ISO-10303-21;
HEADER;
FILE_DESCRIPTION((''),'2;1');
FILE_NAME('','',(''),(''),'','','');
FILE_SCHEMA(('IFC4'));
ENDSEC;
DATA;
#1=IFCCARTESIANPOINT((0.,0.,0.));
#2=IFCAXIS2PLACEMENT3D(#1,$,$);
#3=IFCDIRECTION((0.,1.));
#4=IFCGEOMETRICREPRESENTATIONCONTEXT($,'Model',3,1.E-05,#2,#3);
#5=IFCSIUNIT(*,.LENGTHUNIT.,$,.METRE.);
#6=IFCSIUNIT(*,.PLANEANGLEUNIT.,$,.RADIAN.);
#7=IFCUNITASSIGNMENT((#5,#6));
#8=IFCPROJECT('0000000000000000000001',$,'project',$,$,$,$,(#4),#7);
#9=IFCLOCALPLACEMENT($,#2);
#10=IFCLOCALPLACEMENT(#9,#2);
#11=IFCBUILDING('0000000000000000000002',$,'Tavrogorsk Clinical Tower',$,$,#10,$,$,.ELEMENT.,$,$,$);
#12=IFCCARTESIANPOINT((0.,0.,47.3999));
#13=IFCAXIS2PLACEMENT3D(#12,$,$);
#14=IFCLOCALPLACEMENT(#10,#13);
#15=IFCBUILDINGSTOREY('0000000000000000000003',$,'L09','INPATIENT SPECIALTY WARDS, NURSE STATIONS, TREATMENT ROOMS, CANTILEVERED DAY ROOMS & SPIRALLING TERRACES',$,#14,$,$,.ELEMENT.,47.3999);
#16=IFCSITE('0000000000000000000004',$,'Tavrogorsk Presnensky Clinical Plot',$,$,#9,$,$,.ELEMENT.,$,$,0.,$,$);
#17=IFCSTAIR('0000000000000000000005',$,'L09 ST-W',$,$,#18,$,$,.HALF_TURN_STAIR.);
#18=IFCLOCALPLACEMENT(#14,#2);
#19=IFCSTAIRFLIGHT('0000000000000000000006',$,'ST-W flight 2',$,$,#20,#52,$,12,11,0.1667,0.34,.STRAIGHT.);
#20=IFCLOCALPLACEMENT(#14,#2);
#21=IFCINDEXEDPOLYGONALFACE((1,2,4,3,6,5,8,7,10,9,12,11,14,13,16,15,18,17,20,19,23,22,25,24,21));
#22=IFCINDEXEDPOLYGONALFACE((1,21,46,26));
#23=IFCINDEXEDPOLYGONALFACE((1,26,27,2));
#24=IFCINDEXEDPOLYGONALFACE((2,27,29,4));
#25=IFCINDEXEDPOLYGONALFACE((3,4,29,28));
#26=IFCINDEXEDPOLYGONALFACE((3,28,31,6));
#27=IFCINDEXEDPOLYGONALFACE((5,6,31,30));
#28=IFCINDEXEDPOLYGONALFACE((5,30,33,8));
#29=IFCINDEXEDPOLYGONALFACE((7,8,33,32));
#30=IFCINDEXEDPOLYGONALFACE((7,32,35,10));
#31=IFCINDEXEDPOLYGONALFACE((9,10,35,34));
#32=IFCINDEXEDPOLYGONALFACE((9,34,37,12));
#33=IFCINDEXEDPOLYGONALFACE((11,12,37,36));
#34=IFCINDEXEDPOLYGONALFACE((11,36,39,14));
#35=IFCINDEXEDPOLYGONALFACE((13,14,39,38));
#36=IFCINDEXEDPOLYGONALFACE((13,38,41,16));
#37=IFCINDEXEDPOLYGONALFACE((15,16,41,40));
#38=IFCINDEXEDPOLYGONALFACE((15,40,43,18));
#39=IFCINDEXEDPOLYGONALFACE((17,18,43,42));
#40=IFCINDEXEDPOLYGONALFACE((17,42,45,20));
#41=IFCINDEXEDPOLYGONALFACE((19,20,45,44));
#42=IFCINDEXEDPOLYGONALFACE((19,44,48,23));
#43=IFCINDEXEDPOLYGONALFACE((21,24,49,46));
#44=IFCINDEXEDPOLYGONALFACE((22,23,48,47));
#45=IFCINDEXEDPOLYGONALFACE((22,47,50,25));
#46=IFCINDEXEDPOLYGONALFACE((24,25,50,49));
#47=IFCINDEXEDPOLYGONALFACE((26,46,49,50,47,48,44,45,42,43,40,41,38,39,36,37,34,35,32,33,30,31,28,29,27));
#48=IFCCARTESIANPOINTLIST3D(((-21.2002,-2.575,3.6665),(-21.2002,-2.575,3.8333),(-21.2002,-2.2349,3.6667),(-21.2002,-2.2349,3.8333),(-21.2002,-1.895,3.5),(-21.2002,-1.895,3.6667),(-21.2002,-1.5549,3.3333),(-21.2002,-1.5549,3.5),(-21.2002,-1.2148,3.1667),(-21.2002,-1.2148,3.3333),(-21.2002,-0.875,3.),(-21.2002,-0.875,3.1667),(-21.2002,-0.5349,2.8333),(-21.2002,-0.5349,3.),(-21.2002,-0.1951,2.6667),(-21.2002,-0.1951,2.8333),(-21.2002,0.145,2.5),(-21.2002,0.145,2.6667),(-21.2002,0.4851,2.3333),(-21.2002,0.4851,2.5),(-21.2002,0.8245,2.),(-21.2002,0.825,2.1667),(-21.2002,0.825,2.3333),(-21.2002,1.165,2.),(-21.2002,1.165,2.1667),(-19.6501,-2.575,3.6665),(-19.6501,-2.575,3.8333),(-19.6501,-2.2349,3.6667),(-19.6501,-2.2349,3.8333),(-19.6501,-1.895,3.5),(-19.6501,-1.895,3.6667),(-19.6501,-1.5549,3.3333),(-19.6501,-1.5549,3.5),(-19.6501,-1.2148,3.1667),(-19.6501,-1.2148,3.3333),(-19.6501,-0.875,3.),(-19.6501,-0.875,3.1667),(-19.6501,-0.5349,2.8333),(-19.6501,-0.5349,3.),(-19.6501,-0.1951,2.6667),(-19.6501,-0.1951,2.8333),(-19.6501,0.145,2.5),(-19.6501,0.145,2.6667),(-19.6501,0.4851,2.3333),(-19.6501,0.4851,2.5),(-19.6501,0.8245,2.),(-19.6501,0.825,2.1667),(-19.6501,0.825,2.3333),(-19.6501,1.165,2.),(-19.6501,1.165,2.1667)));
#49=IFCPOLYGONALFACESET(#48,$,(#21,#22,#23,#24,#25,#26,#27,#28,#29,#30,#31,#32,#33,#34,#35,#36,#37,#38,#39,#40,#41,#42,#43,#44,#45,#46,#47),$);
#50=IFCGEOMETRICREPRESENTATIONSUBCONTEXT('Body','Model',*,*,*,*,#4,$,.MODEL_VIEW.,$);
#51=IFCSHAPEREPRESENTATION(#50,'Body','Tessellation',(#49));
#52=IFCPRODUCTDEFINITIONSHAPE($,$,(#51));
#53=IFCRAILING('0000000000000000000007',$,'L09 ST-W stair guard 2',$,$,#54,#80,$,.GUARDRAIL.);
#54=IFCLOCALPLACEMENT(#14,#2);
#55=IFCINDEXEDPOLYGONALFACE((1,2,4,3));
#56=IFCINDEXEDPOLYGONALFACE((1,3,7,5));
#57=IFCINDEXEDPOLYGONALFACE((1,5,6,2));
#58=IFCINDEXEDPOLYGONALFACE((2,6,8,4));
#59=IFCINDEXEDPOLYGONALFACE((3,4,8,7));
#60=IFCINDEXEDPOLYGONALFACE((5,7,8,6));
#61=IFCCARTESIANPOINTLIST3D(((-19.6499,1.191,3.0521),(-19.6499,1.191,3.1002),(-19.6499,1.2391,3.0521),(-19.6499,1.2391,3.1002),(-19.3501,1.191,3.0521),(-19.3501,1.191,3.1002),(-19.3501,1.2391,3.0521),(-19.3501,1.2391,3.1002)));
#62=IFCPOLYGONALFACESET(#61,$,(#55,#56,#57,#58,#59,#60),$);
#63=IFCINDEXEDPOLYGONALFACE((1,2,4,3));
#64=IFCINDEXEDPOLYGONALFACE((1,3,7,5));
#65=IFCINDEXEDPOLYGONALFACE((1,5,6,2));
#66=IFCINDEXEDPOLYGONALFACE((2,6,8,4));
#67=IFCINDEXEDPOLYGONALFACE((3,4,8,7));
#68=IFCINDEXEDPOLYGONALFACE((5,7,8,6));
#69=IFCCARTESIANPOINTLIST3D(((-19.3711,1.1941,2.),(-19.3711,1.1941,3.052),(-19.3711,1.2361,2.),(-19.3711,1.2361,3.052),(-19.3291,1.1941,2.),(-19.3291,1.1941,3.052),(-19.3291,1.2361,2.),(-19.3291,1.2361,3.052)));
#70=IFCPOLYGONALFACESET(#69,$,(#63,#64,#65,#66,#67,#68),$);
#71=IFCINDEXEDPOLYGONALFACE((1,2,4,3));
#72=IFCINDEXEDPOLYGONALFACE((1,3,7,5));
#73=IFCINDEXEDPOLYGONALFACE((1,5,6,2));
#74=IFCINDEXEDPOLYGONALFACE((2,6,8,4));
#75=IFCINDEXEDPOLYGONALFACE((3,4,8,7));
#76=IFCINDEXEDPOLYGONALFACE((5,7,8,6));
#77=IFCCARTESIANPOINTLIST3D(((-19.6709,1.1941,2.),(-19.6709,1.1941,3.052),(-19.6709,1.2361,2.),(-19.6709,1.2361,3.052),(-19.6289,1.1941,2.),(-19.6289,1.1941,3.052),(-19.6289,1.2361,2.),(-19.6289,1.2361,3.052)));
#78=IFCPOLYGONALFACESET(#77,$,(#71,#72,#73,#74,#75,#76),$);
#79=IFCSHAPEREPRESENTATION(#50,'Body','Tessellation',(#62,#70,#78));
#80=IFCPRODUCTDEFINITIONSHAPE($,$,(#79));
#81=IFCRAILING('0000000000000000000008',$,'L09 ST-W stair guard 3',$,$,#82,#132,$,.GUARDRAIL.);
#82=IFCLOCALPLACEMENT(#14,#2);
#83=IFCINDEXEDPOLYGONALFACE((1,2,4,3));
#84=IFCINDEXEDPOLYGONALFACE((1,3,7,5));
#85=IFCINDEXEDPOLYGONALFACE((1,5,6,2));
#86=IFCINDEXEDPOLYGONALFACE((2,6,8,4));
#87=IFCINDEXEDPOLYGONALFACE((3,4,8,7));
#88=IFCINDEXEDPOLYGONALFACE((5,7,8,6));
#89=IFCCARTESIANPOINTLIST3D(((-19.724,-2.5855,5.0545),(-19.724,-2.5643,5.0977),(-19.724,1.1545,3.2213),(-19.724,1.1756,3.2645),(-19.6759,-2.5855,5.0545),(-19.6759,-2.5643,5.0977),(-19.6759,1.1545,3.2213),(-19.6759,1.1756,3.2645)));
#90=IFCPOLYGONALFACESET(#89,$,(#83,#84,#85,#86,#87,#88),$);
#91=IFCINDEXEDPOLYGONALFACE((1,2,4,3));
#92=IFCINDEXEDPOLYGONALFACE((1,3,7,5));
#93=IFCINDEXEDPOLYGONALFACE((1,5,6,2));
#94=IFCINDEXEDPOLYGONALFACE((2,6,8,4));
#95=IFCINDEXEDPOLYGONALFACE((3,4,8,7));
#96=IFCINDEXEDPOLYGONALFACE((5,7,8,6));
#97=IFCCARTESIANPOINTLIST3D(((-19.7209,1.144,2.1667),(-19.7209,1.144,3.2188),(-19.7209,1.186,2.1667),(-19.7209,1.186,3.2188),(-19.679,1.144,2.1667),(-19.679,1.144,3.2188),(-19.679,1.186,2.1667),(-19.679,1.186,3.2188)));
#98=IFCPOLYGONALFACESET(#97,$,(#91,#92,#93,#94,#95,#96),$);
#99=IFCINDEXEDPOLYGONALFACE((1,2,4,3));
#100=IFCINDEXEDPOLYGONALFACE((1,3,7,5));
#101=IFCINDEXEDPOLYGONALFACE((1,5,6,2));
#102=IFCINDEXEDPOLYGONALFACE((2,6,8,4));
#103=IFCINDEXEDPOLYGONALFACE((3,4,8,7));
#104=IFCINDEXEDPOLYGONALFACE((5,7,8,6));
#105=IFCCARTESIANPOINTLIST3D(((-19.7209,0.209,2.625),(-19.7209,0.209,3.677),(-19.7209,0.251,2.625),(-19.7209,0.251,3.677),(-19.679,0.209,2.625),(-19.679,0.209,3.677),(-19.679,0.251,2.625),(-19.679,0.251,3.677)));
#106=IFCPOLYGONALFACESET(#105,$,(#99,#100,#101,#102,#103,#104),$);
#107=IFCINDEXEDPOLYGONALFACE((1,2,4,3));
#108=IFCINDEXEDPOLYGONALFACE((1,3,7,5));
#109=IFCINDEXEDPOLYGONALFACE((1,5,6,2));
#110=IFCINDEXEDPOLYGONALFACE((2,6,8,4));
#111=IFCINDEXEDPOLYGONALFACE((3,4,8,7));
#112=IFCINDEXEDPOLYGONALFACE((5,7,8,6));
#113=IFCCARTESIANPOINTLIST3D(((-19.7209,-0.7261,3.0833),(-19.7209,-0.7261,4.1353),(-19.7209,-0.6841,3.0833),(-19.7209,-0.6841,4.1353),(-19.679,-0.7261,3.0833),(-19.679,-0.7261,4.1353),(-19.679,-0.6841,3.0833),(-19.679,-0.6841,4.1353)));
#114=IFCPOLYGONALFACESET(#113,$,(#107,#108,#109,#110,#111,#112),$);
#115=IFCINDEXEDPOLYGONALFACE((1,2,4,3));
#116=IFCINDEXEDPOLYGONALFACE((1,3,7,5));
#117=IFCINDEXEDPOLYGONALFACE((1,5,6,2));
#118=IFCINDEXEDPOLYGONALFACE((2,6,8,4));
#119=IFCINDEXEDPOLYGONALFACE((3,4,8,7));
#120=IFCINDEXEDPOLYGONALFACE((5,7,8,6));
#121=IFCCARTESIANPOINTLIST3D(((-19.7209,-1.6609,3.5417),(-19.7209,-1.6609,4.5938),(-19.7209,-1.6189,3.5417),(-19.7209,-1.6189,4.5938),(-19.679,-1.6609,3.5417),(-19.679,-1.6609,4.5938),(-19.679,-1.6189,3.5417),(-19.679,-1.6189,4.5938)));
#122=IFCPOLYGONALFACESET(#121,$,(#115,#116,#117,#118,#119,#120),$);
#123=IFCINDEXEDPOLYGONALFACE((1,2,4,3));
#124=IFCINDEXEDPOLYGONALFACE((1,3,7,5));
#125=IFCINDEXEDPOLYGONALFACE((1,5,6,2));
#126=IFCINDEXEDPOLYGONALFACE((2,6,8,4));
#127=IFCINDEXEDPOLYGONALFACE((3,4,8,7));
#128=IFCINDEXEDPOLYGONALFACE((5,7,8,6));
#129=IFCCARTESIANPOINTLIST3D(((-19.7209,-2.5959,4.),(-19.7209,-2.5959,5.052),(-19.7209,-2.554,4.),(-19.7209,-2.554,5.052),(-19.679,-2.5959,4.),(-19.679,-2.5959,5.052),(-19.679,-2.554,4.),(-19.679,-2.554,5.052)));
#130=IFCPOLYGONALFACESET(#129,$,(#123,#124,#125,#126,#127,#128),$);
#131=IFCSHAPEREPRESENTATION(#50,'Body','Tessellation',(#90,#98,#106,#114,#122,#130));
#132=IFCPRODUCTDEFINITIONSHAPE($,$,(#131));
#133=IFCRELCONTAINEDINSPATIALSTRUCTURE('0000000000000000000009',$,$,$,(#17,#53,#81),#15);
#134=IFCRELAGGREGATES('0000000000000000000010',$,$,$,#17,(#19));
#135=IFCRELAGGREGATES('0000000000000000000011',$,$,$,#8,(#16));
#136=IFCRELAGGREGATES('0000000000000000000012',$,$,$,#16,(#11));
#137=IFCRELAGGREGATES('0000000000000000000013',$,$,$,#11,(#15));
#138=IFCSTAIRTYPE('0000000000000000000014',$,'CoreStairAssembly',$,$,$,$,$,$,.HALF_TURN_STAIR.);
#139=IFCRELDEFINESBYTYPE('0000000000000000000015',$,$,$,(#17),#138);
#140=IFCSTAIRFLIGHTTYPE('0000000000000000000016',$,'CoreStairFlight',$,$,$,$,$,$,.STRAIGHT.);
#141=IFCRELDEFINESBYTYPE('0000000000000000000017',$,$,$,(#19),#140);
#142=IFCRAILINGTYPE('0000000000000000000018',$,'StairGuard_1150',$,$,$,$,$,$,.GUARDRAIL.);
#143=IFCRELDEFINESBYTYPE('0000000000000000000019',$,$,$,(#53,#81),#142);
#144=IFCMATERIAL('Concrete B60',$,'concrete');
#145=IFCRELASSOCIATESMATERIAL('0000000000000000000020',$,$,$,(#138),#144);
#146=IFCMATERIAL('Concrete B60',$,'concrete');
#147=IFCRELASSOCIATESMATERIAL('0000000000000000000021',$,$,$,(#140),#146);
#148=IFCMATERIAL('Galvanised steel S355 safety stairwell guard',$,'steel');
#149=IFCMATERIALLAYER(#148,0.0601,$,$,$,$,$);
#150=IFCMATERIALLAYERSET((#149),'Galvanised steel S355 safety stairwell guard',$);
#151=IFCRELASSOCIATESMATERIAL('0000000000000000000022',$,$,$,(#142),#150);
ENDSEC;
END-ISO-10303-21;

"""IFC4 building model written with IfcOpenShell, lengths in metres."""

from ifc_helpers import new_model, si_unit, direction, frame, origin, origin_2d, place, context, subcontext, project, spatial, polyline, rectangle, outline, extrude, material, layer, layer_set, type_object, element, aggregate, save


model = new_model("IFC4")

# Units and contexts
model_context = context("Model", 3, precision=1e-05, world=origin(), true_north=direction((0.0, 1.0)))
body_context = subcontext(model_context, "Body", "Model", "MODEL_VIEW")
ifc_project = project(units=[si_unit("LENGTHUNIT", "METRE"), si_unit("PLANEANGLEUNIT", "RADIAN")], contexts=[model_context])

# Site, building, storey
site_placement = place(None, origin())
site = spatial("IfcSite", under=ifc_project, at=site_placement, Name="Tavrogorsk Presnensky Clinical Plot", CompositionType="ELEMENT", RefElevation=0.0)
building_placement = place(site_placement, origin())
building = spatial("IfcBuilding", under=site, at=building_placement, Name="Tavrogorsk Clinical Tower", CompositionType="ELEMENT")
storey_placement = place(building_placement, frame((0.0, 0.0, 47.3999)))
storey = spatial("IfcBuildingStorey", under=building, at=storey_placement, Name="L09", Description="INPATIENT SPECIALTY WARDS, NURSE STATIONS, TREATMENT ROOMS, CANTILEVERED DAY ROOMS & SPIRALLING TERRACES", CompositionType="ELEMENT", Elevation=47.3999)

# Stair, stair flight
ifc_material_1 = material(Name="Concrete B60", Category="concrete")
stair_type = type_object("IfcStairType", Name="CoreStairAssembly", PredefinedType="HALF_TURN_STAIR", material=ifc_material_1)
stair_placement = place(storey_placement, origin())
stair = element("IfcStair", 1, at=stair_placement, inside=storey, type_object=stair_type, Name="L09 ST-W", PredefinedType="HALF_TURN_STAIR")
ifc_material_2 = material(Name="Concrete B60", Category="concrete")
stair_flight_type = type_object("IfcStairFlightType", Name="CoreStairFlight", PredefinedType="STRAIGHT", material=ifc_material_2)
stair_flight_placement = place(storey_placement, frame((-20.425, 1.165, 2.0), z_axis=(0.0, 0.0, 1.0), x_axis=(0.0, -1.0, 0.0)))
stair_flight = element("IfcStairFlight", 2, at=stair_flight_placement, type_object=stair_flight_type, Name="ST-W flight 2", NumberOfRisers=12, NumberOfTreads=11, PredefinedType="STRAIGHT", RiserHeight=0.1667, TreadLength=0.34, context=body_context, shape_type="SweptSolid", body=[
    extrude(outline(polyline([(0.0, 0.0), (0.0, 0.1667), (0.3401, 0.1667), (0.3401, 0.3333), (0.6799, 0.3333), (0.6799, 0.5), (1.02, 0.5), (1.02, 0.6667), (1.3601, 0.6667), (1.3601, 0.8333), (1.7, 0.8333), (1.7, 1.0), (2.04, 1.0), (2.04, 1.1667), (2.3799, 1.1667), (2.3799, 1.3333), (2.72, 1.3333), (2.72, 1.5), (3.0601, 1.5), (3.0601, 1.6667), (3.3999, 1.6667), (3.3999, 1.8333), (3.74, 1.8333), (3.74, 2.0), (3.74, 1.6665), (0.3406, 0.0), (0.0, 0.0)])), frame((0.0, 0.7749, 0.0), z_axis=(0.0, -1.0, 0.0), x_axis=(1.0, 0.0, 0.0)), (0.0, 0.0, 1.0), 1.55),
])
aggregate(stair, [stair_flight])

# Railings
ifc_material_3 = material(Name="Galvanised steel S355 safety stairwell guard", Category="steel")
ifc_layer_1 = layer(ifc_material_3, 0.0601)
ifc_layer_set_1 = layer_set([ifc_layer_1], Name="Galvanised steel S355 safety stairwell guard")
railing_type = type_object("IfcRailingType", Name="StairGuard_1150", PredefinedType="GUARDRAIL", material=ifc_layer_set_1)
railing_1_placement = place(storey_placement, frame((-19.3501, 1.2151, 2.0)))
element("IfcRailing", 3, at=railing_1_placement, inside=storey, type_object=railing_type, Name="L09 ST-W stair guard 2", PredefinedType="GUARDRAIL", context=body_context, shape_type="SweptSolid", body=[
    extrude(rectangle(XDim=0.0481, YDim=0.0481, at=origin_2d()), frame((0.0, 0.0, 1.0762), z_axis=(-1.0, 0.0, 0.0), x_axis=(0.0, -1.0, 0.0)), (0.0, 0.0, 1.0), 0.2998),
    extrude(rectangle(XDim=0.042, YDim=0.042, at=origin_2d()), origin(), (0.0, 0.0, 1.0), 1.052),
    extrude(rectangle(XDim=0.042, YDim=0.042, at=origin_2d()), frame((-0.2998, 0.0, 0.0)), (0.0, 0.0, 1.0), 1.052),
])
railing_2_placement = place(storey_placement, frame((-19.7, 1.165, 2.1667)))
element("IfcRailing", 4, at=railing_2_placement, inside=storey, type_object=railing_type, Name="L09 ST-W stair guard 3", PredefinedType="GUARDRAIL", context=body_context, shape_type="SweptSolid", body=[
    extrude(rectangle(XDim=0.0481, YDim=0.0481, at=origin_2d()), frame((0.0, 0.0, 1.0762), z_axis=(0.0, -0.897928, 0.440142), x_axis=(1.0, 0.0, 0.0)), (0.0, 0.0, 1.0), 4.165),
    extrude(rectangle(XDim=0.042, YDim=0.042, at=origin_2d()), origin(), (0.0, 0.0, 1.0), 1.052),
    extrude(rectangle(XDim=0.042, YDim=0.042, at=origin_2d()), frame((0.0, -0.9351, 0.4583)), (0.0, 0.0, 1.0), 1.052),
    extrude(rectangle(XDim=0.042, YDim=0.042, at=origin_2d()), frame((0.0, -1.8701, 0.9165)), (0.0, 0.0, 1.0), 1.052),
    extrude(rectangle(XDim=0.042, YDim=0.042, at=origin_2d()), frame((0.0, -2.8049, 1.375)), (0.0, 0.0, 1.0), 1.052),
    extrude(rectangle(XDim=0.042, YDim=0.042, at=origin_2d()), frame((0.0, -3.74, 1.8333)), (0.0, 0.0, 1.0), 1.052),
])

save(model, "model.ifc")
